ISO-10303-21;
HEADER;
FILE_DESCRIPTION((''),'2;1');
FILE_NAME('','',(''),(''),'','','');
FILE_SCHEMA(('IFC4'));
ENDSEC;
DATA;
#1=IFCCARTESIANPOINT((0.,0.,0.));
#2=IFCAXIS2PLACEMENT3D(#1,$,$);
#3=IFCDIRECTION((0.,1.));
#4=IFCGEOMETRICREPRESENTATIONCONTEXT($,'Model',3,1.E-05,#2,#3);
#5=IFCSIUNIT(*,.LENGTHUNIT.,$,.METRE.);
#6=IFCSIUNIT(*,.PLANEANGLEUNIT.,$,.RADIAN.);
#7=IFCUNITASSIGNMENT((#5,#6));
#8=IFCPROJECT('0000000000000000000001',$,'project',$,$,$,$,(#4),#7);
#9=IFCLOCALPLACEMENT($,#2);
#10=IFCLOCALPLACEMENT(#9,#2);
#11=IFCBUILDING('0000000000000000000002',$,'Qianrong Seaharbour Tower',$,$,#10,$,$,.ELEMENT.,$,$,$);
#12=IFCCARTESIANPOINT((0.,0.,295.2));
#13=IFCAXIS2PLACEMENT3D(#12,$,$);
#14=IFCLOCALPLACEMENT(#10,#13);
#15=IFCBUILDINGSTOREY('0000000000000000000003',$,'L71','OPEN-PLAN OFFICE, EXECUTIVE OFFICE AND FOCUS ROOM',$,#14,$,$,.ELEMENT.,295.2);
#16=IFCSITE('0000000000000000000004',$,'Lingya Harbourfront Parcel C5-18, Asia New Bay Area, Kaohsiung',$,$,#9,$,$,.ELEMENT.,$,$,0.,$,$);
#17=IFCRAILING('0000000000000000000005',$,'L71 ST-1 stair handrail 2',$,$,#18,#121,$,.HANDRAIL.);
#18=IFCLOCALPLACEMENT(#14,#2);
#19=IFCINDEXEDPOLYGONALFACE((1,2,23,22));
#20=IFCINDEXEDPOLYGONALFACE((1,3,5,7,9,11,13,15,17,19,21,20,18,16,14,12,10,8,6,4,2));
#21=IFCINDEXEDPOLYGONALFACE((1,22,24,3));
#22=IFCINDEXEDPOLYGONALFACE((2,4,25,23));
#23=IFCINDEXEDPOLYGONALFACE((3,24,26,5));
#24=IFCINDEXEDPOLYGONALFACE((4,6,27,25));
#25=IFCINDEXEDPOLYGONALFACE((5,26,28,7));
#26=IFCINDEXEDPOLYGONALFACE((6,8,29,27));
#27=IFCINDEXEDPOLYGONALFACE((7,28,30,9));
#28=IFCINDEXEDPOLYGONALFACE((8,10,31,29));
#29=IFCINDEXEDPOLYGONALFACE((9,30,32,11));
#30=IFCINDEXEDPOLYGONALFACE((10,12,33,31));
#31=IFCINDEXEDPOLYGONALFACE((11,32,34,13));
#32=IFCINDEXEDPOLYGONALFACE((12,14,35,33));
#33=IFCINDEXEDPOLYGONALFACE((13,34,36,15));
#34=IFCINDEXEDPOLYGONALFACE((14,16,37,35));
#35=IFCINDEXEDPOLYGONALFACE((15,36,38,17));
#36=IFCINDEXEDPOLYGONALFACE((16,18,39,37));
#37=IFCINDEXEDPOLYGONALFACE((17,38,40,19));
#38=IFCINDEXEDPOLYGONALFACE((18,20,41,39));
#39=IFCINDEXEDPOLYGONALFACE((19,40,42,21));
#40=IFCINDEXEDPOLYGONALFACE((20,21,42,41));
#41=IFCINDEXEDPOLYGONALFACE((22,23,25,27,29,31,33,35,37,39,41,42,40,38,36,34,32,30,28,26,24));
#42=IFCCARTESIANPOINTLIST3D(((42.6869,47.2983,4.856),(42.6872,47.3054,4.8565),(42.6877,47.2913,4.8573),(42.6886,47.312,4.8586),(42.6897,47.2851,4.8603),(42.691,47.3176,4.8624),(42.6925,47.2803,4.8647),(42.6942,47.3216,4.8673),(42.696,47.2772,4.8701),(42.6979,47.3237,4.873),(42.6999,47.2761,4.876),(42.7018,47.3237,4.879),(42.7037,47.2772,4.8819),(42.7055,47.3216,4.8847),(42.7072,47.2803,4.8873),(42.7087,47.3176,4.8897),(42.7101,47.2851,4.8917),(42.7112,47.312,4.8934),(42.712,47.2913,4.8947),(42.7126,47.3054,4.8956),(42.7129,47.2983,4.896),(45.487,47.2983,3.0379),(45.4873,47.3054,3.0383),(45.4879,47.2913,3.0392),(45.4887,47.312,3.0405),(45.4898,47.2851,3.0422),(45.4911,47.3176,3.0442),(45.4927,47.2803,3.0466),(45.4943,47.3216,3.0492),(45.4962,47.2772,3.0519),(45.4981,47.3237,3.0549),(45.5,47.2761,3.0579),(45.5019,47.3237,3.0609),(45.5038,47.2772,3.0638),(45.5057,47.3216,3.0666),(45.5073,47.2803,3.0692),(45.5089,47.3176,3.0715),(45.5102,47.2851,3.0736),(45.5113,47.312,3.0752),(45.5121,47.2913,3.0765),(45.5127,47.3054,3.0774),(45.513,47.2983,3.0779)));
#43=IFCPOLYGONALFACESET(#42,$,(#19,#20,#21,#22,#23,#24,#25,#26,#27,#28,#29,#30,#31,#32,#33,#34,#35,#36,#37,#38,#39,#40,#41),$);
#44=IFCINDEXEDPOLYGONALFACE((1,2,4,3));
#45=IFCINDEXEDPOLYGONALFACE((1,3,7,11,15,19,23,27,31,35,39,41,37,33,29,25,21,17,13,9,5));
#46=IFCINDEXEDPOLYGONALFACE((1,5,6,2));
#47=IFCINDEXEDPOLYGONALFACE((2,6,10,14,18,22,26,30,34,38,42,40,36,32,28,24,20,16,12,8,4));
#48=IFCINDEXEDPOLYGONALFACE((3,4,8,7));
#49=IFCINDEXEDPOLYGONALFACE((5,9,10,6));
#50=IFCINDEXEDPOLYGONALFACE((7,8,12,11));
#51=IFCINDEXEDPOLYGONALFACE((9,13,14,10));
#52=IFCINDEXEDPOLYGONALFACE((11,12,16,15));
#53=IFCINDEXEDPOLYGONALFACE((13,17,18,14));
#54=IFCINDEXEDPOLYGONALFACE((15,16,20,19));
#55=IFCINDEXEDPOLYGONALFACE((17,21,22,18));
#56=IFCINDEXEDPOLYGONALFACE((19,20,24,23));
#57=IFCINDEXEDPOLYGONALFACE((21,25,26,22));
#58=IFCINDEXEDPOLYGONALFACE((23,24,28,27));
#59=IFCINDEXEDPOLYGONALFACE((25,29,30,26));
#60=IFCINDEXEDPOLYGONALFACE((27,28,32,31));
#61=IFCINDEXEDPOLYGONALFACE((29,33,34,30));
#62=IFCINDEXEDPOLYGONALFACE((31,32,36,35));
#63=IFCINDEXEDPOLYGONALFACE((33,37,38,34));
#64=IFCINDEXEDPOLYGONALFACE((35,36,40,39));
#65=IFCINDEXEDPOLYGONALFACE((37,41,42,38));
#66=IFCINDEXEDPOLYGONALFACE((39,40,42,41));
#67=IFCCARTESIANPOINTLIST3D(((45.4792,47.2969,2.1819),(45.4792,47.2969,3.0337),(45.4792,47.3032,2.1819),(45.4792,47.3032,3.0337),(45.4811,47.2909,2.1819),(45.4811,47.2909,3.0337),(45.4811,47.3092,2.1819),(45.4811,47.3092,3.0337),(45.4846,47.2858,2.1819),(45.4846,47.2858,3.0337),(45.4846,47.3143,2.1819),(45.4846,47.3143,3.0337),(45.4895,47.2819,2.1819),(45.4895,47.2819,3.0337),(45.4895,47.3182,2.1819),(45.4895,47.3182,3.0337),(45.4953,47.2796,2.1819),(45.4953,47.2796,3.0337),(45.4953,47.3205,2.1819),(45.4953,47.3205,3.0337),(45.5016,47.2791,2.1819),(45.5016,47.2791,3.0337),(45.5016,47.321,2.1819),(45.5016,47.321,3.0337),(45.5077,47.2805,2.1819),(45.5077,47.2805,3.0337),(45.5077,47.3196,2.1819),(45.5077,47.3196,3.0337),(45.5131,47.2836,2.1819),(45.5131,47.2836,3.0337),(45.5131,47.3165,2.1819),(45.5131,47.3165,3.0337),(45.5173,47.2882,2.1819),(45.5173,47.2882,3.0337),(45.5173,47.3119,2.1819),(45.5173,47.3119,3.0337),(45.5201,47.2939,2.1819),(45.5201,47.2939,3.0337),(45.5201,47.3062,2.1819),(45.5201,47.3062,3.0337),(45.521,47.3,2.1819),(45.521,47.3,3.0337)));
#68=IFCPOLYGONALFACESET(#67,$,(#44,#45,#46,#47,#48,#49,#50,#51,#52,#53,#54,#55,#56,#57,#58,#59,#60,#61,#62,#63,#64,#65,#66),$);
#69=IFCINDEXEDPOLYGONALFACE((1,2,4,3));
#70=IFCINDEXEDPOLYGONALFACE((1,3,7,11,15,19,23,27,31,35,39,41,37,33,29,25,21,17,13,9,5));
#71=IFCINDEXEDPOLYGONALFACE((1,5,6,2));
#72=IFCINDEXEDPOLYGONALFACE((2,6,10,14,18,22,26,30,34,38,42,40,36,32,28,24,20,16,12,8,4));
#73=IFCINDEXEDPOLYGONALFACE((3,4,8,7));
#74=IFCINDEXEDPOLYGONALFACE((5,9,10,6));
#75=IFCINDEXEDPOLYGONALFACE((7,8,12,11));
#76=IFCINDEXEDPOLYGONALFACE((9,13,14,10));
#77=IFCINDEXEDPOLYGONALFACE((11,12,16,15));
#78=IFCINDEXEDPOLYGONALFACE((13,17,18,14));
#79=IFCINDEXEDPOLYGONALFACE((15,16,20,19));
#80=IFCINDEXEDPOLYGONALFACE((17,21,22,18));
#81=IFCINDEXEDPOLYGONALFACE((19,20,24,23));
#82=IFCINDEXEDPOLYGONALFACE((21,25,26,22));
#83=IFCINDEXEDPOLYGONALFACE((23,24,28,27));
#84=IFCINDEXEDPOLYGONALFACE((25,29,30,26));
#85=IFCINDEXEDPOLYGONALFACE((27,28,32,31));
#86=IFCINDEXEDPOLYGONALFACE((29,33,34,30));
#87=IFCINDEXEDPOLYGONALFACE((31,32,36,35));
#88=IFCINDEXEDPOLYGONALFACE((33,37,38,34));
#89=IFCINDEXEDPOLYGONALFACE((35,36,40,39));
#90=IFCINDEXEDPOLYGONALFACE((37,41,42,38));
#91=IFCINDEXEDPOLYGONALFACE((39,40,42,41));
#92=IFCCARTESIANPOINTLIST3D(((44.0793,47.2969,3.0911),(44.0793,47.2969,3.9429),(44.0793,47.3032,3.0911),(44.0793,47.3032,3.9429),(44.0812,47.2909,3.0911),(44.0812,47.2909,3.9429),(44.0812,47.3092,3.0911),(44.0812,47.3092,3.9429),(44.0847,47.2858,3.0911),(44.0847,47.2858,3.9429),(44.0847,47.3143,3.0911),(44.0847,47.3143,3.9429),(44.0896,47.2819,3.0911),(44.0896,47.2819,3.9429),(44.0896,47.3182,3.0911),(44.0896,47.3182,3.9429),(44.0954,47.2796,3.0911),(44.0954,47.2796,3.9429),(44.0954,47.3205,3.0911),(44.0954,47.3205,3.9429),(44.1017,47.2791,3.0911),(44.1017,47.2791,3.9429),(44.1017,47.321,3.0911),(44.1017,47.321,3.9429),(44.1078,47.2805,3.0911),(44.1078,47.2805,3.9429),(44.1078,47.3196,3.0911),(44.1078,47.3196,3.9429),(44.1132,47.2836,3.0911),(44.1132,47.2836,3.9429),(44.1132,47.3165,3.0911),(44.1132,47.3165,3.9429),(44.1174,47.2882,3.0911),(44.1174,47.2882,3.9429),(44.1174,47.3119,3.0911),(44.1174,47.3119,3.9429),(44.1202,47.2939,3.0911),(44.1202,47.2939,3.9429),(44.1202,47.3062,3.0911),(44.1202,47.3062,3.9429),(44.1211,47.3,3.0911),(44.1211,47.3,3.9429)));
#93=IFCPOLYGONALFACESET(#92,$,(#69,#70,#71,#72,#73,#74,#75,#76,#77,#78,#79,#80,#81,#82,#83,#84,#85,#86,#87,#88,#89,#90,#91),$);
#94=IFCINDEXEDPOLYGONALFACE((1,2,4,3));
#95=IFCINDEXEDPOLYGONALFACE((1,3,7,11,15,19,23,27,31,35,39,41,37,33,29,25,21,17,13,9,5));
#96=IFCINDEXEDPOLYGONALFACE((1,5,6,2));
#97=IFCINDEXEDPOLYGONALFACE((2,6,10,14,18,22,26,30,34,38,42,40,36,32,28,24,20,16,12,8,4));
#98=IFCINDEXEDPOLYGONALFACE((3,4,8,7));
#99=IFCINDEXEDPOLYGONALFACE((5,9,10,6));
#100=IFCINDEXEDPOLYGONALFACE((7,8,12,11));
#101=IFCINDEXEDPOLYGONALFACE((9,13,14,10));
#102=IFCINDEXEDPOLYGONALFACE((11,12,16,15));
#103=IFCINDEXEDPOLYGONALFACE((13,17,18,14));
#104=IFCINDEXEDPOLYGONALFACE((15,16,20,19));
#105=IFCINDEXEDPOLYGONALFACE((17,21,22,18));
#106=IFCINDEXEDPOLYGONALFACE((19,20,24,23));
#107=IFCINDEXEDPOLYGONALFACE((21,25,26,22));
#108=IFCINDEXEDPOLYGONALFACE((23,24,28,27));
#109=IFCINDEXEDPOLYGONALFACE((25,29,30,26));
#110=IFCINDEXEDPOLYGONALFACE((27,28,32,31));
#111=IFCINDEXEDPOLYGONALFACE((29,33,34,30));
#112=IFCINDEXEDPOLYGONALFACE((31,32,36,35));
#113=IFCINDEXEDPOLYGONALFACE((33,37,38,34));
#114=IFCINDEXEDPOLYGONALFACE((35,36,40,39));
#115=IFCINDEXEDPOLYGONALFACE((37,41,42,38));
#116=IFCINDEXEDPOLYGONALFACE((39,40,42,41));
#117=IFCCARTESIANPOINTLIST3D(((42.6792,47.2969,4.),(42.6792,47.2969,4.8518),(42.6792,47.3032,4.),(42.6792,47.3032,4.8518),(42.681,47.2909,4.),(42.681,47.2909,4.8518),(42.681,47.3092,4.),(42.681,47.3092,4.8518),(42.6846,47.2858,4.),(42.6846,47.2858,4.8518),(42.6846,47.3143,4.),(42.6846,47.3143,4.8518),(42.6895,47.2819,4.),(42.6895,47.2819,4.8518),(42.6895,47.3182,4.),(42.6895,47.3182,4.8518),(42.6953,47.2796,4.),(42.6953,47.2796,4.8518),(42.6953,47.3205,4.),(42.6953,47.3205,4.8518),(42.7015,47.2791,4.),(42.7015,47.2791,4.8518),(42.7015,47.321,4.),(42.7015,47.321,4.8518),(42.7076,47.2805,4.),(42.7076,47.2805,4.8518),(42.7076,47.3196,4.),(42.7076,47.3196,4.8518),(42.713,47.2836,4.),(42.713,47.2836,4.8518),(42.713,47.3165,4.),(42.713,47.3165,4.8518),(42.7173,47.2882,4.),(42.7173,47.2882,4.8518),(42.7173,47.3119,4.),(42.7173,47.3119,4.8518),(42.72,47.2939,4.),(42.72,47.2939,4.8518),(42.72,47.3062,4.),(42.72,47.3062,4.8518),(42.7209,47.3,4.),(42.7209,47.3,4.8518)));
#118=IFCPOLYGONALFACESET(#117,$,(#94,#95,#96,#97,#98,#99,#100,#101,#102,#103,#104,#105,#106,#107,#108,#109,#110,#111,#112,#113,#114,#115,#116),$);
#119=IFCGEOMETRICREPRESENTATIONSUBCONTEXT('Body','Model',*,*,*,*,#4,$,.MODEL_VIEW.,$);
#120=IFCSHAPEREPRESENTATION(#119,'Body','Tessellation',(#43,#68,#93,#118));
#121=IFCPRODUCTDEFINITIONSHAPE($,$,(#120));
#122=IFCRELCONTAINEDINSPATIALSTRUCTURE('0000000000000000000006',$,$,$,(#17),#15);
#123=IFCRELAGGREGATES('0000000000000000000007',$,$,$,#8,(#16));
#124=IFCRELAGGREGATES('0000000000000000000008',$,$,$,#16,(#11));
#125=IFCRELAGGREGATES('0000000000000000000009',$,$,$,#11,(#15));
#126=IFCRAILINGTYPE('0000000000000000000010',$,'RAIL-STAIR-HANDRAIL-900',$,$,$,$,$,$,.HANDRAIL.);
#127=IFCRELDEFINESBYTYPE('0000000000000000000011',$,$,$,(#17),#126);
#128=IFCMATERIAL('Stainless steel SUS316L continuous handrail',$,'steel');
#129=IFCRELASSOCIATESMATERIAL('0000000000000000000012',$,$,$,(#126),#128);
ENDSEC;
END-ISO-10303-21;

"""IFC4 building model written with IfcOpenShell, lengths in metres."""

from ifc_helpers import new_model, si_unit, direction, frame, origin, origin_2d, place, context, subcontext, project, spatial, circle, extrude, material, type_object, element, save


model = new_model("IFC4")

# Units and contexts
model_context = context("Model", 3, precision=1e-05, world=origin(), true_north=direction((0.0, 1.0)))
body_context = subcontext(model_context, "Body", "Model", "MODEL_VIEW")
ifc_project = project(units=[si_unit("LENGTHUNIT", "METRE"), si_unit("PLANEANGLEUNIT", "RADIAN")], contexts=[model_context])

# Site, building, storey
site_placement = place(None, origin())
site = spatial("IfcSite", under=ifc_project, at=site_placement, Name="Lingya Harbourfront Parcel C5-18, Asia New Bay Area, Kaohsiung", CompositionType="ELEMENT", RefElevation=0.0)
building_placement = place(site_placement, origin())
building = spatial("IfcBuilding", under=site, at=building_placement, Name="Qianrong Seaharbour Tower", CompositionType="ELEMENT")
storey_placement = place(building_placement, frame((0.0, 0.0, 295.2)))
storey = spatial("IfcBuildingStorey", under=building, at=storey_placement, Name="L71", Description="OPEN-PLAN OFFICE, EXECUTIVE OFFICE AND FOCUS ROOM", CompositionType="ELEMENT", Elevation=295.2)

# Railing
ifc_material_1 = material(Name="Stainless steel SUS316L continuous handrail", Category="steel")
railing_type_1 = type_object("IfcRailingType", Name="RAIL-STAIR-HANDRAIL-900", PredefinedType="HANDRAIL", material=ifc_material_1)
railing_1_placement = place(storey_placement, frame((45.5, 47.3, 2.1819)))
element("IfcRailing", 1, at=railing_1_placement, inside=storey, type_object=railing_type_1, Name="L71 ST-1 stair handrail 2", PredefinedType="HANDRAIL", context=body_context, shape_type="SweptSolid", body=[
    extrude(circle(Radius=0.0239, at=origin_2d()), frame((0.0, 0.0, 0.876), z_axis=(-0.838706, 0.0, 0.544585), x_axis=(0.0, -1.0, 0.0)), (0.0, 0.0, 1.0), 3.3386),
    extrude(circle(Radius=0.021, at=origin_2d()), origin(), (0.0, 0.0, 1.0), 0.8518),
    extrude(circle(Radius=0.021, at=origin_2d()), frame((-1.3999, 0.0, 0.9092)), (0.0, 0.0, 1.0), 0.8518),
    extrude(circle(Radius=0.021, at=origin_2d()), frame((-2.8, 0.0, 1.8181)), (0.0, 0.0, 1.0), 0.8518),
])

save(model, "model.ifc")
